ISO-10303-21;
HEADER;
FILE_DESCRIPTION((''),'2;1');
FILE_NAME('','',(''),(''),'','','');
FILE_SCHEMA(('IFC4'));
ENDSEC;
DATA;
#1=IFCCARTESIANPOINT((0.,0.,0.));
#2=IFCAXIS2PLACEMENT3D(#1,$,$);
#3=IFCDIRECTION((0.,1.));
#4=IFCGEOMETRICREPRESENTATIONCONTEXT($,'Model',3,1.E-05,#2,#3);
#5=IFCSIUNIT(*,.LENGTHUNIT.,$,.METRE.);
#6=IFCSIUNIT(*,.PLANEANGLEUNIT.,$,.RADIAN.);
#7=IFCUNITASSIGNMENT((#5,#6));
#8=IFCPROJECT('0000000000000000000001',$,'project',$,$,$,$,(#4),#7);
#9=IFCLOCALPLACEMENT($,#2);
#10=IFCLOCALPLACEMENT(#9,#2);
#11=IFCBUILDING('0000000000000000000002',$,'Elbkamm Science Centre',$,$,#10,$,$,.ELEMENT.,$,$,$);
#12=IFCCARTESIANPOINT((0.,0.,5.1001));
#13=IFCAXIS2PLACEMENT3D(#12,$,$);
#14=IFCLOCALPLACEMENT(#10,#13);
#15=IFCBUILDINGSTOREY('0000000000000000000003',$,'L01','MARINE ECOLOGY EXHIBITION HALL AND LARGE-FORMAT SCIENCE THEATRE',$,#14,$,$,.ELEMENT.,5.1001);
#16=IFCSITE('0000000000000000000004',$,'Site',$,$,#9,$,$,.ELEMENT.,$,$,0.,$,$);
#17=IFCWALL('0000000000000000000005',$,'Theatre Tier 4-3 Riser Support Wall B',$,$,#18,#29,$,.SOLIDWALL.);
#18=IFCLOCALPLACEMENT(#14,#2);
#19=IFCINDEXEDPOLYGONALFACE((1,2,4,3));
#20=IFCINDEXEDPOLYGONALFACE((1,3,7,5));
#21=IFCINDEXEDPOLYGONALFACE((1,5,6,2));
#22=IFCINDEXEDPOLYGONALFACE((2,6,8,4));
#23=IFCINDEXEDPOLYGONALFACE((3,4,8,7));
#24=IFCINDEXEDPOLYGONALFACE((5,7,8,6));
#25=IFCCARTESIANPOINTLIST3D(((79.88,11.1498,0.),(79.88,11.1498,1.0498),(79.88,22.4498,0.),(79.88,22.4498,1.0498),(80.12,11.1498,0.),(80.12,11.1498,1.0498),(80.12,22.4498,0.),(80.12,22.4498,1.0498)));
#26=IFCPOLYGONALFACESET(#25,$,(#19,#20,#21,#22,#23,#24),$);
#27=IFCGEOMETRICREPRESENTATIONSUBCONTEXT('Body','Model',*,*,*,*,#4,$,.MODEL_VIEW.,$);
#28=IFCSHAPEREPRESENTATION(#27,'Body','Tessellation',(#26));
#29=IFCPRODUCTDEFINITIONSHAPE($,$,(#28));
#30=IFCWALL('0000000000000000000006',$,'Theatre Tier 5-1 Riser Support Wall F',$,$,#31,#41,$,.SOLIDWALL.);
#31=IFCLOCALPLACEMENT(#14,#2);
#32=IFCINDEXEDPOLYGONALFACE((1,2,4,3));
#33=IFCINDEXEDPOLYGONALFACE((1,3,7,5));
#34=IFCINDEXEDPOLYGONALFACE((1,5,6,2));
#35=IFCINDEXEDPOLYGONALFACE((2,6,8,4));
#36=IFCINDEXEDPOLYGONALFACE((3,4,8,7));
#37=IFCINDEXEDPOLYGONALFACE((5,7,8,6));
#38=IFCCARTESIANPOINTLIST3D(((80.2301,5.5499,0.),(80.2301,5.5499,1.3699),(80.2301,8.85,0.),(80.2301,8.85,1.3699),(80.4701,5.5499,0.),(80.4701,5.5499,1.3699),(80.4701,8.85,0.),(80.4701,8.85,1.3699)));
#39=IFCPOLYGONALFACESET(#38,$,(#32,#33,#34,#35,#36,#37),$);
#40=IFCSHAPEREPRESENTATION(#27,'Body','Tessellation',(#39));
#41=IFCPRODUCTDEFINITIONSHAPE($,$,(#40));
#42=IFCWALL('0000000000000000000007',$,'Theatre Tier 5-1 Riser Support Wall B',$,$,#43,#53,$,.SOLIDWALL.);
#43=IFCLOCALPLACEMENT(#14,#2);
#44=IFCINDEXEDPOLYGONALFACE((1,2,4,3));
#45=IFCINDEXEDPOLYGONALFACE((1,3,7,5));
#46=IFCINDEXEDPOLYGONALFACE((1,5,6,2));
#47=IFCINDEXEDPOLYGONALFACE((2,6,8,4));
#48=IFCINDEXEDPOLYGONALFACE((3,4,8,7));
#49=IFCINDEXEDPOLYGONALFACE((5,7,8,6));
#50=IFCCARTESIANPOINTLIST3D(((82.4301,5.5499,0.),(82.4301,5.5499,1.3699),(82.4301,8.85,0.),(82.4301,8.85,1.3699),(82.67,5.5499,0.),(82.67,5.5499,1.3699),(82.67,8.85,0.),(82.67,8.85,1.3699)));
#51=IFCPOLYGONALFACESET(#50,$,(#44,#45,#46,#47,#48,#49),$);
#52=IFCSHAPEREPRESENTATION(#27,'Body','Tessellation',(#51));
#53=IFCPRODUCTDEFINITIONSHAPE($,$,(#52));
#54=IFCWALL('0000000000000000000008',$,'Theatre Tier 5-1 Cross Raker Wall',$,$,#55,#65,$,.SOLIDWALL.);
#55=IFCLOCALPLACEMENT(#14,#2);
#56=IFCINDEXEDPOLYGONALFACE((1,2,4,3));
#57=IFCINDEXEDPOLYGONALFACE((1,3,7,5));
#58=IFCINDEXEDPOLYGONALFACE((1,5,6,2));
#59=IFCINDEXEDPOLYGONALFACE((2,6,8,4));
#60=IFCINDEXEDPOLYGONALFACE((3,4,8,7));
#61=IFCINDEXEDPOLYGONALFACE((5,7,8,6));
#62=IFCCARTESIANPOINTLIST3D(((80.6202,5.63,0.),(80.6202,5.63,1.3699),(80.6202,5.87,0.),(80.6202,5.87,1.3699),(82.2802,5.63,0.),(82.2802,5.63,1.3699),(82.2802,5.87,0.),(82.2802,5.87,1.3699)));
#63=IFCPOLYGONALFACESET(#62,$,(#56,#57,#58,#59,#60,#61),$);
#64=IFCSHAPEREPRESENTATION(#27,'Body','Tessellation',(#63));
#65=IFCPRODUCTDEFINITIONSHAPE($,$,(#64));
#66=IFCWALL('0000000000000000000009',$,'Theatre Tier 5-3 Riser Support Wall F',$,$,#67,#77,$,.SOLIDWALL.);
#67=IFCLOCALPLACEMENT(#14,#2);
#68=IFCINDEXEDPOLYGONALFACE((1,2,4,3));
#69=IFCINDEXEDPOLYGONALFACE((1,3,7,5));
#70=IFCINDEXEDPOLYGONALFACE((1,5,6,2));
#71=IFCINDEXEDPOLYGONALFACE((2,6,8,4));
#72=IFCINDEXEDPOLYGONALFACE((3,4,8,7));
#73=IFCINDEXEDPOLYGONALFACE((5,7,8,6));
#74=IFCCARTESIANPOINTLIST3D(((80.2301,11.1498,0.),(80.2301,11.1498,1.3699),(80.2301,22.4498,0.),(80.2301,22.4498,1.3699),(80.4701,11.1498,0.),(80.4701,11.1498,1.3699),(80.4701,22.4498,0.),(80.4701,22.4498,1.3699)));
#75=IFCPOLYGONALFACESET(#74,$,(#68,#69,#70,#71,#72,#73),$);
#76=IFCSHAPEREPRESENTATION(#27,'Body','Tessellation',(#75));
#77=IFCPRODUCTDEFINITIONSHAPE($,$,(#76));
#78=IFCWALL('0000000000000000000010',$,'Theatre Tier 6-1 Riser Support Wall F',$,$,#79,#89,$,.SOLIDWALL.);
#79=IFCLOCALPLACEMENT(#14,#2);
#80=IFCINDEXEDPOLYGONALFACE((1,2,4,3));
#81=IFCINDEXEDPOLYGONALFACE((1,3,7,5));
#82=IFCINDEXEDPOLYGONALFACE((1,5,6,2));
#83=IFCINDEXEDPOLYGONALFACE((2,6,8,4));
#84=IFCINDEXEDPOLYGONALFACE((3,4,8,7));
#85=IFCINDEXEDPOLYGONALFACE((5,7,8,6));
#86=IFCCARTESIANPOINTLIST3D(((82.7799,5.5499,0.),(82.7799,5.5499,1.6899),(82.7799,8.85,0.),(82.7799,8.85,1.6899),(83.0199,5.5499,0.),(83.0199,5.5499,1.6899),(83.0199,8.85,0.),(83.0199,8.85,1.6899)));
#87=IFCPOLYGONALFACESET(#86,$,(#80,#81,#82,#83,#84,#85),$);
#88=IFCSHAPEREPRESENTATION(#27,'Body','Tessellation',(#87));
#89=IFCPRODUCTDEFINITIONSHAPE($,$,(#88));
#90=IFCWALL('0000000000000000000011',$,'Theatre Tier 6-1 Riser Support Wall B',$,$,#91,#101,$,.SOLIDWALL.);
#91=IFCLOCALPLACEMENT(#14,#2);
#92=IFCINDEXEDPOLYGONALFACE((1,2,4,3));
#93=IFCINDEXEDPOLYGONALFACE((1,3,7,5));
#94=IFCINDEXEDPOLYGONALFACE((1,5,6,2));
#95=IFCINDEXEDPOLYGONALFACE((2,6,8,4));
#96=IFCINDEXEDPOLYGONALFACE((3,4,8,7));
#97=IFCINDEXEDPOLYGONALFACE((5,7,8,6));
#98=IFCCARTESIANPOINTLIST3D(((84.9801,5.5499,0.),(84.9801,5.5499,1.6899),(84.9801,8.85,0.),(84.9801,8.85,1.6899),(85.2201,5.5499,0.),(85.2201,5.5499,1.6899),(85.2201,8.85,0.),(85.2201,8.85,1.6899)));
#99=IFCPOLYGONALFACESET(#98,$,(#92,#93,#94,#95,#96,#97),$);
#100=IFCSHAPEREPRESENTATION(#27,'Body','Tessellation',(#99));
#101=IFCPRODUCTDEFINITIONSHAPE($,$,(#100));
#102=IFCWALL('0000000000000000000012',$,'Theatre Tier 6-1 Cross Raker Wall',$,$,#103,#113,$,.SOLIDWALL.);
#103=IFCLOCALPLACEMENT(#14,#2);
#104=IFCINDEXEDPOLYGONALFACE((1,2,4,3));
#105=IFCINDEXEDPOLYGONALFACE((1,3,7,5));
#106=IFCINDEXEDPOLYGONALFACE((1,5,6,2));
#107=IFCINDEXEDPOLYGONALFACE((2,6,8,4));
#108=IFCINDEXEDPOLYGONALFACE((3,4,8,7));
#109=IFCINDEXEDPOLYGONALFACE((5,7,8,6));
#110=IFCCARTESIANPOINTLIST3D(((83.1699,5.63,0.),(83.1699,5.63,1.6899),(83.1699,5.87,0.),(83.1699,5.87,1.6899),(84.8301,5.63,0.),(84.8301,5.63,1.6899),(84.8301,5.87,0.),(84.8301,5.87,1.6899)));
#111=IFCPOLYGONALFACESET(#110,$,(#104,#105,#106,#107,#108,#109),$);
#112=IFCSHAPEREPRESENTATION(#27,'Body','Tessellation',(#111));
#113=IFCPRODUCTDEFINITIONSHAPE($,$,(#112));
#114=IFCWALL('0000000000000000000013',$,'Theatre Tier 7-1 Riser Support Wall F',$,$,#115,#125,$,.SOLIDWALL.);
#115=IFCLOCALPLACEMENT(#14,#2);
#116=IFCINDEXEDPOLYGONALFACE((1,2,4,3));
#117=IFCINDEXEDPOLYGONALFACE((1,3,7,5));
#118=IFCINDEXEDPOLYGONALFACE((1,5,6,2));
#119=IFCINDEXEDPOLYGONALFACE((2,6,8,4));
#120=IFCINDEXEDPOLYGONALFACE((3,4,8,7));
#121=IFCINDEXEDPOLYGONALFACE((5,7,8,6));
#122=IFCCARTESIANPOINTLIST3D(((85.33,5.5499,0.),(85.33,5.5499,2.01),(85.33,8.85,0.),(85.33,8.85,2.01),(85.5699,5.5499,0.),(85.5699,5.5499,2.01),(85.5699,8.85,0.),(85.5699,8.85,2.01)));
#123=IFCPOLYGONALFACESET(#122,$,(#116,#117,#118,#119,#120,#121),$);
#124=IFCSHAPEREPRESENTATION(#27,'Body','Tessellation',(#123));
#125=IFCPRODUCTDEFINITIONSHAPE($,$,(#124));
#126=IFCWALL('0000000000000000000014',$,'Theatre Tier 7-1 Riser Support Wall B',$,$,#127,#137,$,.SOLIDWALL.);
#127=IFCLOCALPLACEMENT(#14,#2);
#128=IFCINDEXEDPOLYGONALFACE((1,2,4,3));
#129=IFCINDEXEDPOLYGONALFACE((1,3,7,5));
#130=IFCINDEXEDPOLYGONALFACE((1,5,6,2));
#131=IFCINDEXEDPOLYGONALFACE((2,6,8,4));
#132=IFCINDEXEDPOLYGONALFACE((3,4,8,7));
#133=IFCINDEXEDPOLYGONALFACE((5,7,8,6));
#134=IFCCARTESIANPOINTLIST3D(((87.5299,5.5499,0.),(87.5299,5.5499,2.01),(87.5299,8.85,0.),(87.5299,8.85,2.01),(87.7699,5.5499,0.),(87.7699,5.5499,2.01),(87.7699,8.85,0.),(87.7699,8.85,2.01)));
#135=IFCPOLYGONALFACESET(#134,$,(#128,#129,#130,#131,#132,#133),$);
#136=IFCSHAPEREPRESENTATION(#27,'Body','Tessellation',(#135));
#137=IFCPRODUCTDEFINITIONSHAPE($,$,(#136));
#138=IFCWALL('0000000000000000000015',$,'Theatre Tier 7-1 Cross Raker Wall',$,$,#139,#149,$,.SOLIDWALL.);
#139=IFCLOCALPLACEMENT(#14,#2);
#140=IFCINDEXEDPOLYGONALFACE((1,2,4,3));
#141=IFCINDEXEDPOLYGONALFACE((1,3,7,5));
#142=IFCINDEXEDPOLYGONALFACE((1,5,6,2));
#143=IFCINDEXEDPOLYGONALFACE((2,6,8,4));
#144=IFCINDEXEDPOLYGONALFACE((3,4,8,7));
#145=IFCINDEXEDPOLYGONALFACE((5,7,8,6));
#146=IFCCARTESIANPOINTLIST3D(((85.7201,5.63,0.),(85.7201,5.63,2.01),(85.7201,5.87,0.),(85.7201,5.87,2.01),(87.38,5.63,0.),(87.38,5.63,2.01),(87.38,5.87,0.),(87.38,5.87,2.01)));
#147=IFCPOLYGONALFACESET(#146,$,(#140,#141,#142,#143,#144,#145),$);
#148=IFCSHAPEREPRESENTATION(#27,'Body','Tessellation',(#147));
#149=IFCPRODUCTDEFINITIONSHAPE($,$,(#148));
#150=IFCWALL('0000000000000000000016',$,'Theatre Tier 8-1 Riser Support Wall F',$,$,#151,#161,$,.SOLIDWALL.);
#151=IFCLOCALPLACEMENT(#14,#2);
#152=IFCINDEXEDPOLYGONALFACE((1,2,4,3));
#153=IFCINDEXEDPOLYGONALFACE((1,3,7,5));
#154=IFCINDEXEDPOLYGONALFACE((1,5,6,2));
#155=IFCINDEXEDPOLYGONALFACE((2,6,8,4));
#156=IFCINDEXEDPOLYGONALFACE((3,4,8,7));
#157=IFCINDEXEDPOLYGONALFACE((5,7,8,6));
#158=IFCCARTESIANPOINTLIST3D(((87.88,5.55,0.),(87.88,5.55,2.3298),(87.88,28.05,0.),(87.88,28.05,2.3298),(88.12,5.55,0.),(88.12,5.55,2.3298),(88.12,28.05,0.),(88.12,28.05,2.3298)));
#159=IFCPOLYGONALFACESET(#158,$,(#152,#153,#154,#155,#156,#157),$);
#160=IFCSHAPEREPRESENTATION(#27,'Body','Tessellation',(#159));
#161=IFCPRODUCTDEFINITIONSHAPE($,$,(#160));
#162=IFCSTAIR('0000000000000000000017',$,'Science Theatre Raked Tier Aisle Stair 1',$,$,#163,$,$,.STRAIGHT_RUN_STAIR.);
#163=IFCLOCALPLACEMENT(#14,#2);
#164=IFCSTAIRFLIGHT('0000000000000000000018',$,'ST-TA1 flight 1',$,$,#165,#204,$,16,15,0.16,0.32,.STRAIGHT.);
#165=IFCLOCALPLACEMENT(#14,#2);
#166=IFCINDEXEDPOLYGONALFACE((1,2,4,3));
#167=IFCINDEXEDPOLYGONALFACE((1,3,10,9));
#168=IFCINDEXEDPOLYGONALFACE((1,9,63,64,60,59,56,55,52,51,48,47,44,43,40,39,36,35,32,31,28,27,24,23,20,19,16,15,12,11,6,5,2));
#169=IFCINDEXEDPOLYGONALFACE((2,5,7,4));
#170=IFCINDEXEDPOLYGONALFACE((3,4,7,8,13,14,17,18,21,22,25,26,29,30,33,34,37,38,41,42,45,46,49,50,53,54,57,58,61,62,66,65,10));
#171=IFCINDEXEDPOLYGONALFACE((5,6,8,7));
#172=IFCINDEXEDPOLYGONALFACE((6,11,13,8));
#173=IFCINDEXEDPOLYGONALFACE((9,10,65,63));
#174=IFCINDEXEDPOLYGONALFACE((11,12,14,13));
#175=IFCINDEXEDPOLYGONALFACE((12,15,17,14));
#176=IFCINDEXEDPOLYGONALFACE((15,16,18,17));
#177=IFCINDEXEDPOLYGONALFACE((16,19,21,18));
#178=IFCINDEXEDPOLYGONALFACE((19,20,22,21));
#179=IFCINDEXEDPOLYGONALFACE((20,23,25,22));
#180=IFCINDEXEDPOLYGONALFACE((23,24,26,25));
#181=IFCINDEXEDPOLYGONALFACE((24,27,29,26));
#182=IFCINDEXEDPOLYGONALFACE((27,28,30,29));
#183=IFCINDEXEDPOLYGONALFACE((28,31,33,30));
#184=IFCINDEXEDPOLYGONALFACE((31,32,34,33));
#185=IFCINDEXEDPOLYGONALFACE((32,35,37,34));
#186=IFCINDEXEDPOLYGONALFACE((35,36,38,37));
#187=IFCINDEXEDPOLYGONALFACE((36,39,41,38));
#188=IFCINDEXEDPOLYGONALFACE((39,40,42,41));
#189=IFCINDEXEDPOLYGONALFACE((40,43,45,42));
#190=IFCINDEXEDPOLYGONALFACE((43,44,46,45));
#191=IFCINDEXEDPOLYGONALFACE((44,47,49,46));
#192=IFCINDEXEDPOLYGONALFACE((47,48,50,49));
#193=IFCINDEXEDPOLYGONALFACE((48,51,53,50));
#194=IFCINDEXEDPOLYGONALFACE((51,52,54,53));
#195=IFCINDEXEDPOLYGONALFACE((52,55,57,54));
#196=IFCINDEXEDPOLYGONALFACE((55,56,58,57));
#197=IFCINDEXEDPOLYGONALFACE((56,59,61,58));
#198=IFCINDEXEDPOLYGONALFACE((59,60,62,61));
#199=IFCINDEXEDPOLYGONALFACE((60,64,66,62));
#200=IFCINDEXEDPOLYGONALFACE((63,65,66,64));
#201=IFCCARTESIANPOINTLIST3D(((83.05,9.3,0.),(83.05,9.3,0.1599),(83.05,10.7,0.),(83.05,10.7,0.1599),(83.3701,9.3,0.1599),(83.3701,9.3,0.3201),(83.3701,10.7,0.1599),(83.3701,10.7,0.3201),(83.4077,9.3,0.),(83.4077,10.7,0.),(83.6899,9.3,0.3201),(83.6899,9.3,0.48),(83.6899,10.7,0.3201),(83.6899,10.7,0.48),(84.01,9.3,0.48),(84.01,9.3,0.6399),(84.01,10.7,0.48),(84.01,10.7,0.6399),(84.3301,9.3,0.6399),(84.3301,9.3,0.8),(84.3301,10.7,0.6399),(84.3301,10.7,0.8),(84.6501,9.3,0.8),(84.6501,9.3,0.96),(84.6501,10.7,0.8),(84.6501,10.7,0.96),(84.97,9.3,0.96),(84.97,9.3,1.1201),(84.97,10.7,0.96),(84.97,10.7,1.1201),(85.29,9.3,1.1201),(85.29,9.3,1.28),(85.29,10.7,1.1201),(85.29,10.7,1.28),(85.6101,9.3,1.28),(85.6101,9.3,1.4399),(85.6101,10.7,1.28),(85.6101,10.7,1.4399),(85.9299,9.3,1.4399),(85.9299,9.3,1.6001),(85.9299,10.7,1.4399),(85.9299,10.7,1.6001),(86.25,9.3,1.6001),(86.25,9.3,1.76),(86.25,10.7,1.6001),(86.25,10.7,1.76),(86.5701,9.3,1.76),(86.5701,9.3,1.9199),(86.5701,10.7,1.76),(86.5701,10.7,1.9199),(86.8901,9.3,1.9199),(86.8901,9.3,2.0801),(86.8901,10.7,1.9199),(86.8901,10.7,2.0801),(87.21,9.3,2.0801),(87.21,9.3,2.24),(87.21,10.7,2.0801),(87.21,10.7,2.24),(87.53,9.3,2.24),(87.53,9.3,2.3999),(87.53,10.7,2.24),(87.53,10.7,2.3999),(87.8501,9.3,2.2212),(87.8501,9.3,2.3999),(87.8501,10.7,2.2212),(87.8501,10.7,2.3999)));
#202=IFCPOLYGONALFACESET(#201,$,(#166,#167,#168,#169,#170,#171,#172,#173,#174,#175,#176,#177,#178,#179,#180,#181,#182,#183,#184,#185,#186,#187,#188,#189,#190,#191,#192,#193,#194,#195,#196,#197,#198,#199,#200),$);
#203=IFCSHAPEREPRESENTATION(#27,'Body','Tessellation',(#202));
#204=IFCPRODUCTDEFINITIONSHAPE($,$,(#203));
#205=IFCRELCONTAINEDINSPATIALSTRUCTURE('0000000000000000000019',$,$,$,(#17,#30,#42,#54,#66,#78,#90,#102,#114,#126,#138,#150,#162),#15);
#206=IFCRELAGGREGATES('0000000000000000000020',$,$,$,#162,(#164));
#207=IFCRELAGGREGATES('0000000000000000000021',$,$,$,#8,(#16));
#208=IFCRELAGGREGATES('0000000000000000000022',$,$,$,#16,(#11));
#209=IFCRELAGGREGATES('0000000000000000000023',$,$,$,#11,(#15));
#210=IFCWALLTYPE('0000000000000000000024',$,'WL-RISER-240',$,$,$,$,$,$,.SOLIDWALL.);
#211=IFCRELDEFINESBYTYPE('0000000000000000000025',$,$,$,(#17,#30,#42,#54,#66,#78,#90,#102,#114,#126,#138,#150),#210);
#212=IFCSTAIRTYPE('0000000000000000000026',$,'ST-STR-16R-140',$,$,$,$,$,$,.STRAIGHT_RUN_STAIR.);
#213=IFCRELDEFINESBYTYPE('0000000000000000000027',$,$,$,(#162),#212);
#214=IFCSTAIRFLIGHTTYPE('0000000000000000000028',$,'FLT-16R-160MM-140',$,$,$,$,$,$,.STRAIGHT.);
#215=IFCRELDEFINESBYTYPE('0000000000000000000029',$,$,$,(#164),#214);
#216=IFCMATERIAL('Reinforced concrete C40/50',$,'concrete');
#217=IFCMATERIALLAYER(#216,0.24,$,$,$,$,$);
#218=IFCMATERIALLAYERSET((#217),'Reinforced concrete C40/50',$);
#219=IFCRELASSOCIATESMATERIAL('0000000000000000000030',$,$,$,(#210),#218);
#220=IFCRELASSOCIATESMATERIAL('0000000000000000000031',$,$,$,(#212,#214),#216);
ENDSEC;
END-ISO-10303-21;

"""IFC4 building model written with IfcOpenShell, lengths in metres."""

from ifc_helpers import new_model, si_unit, direction, frame, frame_2d, origin, place, context, subcontext, project, spatial, polyline, rectangle, outline, extrude, material, layer, layer_set, type_object, element, aggregate, save


model = new_model("IFC4")

# Units and contexts
model_context = context("Model", 3, precision=1e-05, world=origin(), true_north=direction((0.0, 1.0)))
body_context = subcontext(model_context, "Body", "Model", "MODEL_VIEW")
ifc_project = project(units=[si_unit("LENGTHUNIT", "METRE"), si_unit("PLANEANGLEUNIT", "RADIAN")], contexts=[model_context])

# Site, building, storey
site_placement = place(None, origin())
site = spatial("IfcSite", under=ifc_project, at=site_placement, Name="Site", CompositionType="ELEMENT", RefElevation=0.0)
building_placement = place(site_placement, origin())
building = spatial("IfcBuilding", under=site, at=building_placement, Name="Elbkamm Science Centre", CompositionType="ELEMENT")
storey_placement = place(building_placement, frame((0.0, 0.0, 5.1001)))
storey = spatial("IfcBuildingStorey", under=building, at=storey_placement, Name="L01", Description="MARINE ECOLOGY EXHIBITION HALL AND LARGE-FORMAT SCIENCE THEATRE", CompositionType="ELEMENT", Elevation=5.1001)

# Walls
ifc_material_1 = material(Name="Reinforced concrete C40/50", Category="concrete")
ifc_layer_1 = layer(ifc_material_1, 0.24)
ifc_layer_set_1 = layer_set([ifc_layer_1], Name="Reinforced concrete C40/50")
wall_type_1 = type_object("IfcWallType", Name="WL-RISER-240", PredefinedType="SOLIDWALL", material=ifc_layer_set_1)
for number, where, z_axis, x_axis, name in (
    (1, (80.0, 11.1499, 0.0), (0.0, 0.0, 1.0), (0.0, 1.0, 0.0), "Theatre Tier 4-3 Riser Support Wall B"),
):
    element("IfcWall", number, at=place(storey_placement, frame(where, z_axis=z_axis, x_axis=x_axis)), inside=storey, type_object=wall_type_1, Name=name, PredefinedType="SOLIDWALL", context=body_context, shape_type="SweptSolid", body=[
        extrude(rectangle(XDim=11.3, YDim=0.24, at=frame_2d((5.6499, 0.0))), origin(), (0.0, 0.0, 1.0), 1.0498),
    ])
for number, where, z_axis, x_axis, name in (
    (2, (80.3501, 5.55, 0.0), (0.0, 0.0, 1.0), (0.0, 1.0, 0.0), "Theatre Tier 5-1 Riser Support Wall F"),
    (3, (82.55, 5.55, 0.0), (0.0, 0.0, 1.0), (0.0, 1.0, 0.0), "Theatre Tier 5-1 Riser Support Wall B"),
):
    element("IfcWall", number, at=place(storey_placement, frame(where, z_axis=z_axis, x_axis=x_axis)), inside=storey, type_object=wall_type_1, Name=name, PredefinedType="SOLIDWALL", context=body_context, shape_type="SweptSolid", body=[
        extrude(rectangle(XDim=3.3, YDim=0.24, at=frame_2d((1.6499, 0.0))), origin(), (0.0, 0.0, 1.0), 1.3699),
    ])
wall_1_placement = place(storey_placement, frame((80.6201, 5.75, 0.0), z_axis=(0.0, 0.0, 1.0), x_axis=(1.0, 0.0, 0.0)))
element("IfcWall", 4, at=wall_1_placement, inside=storey, type_object=wall_type_1, Name="Theatre Tier 5-1 Cross Raker Wall", PredefinedType="SOLIDWALL", context=body_context, shape_type="SweptSolid", body=[
    extrude(rectangle(XDim=1.6599, YDim=0.24, at=frame_2d((0.8301, 0.0))), origin(), (0.0, 0.0, 1.0), 1.3699),
])
wall_2_placement = place(storey_placement, frame((80.3501, 11.1499, 0.0), z_axis=(0.0, 0.0, 1.0), x_axis=(0.0, 1.0, 0.0)))
element("IfcWall", 5, at=wall_2_placement, inside=storey, type_object=wall_type_1, Name="Theatre Tier 5-3 Riser Support Wall F", PredefinedType="SOLIDWALL", context=body_context, shape_type="SweptSolid", body=[
    extrude(rectangle(XDim=11.3, YDim=0.24, at=frame_2d((5.6499, 0.0))), origin(), (0.0, 0.0, 1.0), 1.3699),
])
for number, where, z_axis, x_axis, name in (
    (6, (82.8999, 5.55, 0.0), (0.0, 0.0, 1.0), (0.0, 1.0, 0.0), "Theatre Tier 6-1 Riser Support Wall F"),
    (7, (85.1001, 5.55, 0.0), (0.0, 0.0, 1.0), (0.0, 1.0, 0.0), "Theatre Tier 6-1 Riser Support Wall B"),
):
    element("IfcWall", number, at=place(storey_placement, frame(where, z_axis=z_axis, x_axis=x_axis)), inside=storey, type_object=wall_type_1, Name=name, PredefinedType="SOLIDWALL", context=body_context, shape_type="SweptSolid", body=[
        extrude(rectangle(XDim=3.3, YDim=0.24, at=frame_2d((1.6499, 0.0))), origin(), (0.0, 0.0, 1.0), 1.6899),
    ])
wall_3_placement = place(storey_placement, frame((83.1699, 5.75, 0.0), z_axis=(0.0, 0.0, 1.0), x_axis=(1.0, 0.0, 0.0)))
element("IfcWall", 8, at=wall_3_placement, inside=storey, type_object=wall_type_1, Name="Theatre Tier 6-1 Cross Raker Wall", PredefinedType="SOLIDWALL", context=body_context, shape_type="SweptSolid", body=[
    extrude(rectangle(XDim=1.6602, YDim=0.24, at=frame_2d((0.8301, 0.0))), origin(), (0.0, 0.0, 1.0), 1.6899),
])
for number, where, z_axis, x_axis, name in (
    (9, (85.45, 5.55, 0.0), (0.0, 0.0, 1.0), (0.0, 1.0, 0.0), "Theatre Tier 7-1 Riser Support Wall F"),
    (10, (87.6499, 5.55, 0.0), (0.0, 0.0, 1.0), (0.0, 1.0, 0.0), "Theatre Tier 7-1 Riser Support Wall B"),
):
    element("IfcWall", number, at=place(storey_placement, frame(where, z_axis=z_axis, x_axis=x_axis)), inside=storey, type_object=wall_type_1, Name=name, PredefinedType="SOLIDWALL", context=body_context, shape_type="SweptSolid", body=[
        extrude(rectangle(XDim=3.3, YDim=0.24, at=frame_2d((1.6499, 0.0))), origin(), (0.0, 0.0, 1.0), 2.01),
    ])
wall_4_placement = place(storey_placement, frame((85.72, 5.75, 0.0), z_axis=(0.0, 0.0, 1.0), x_axis=(1.0, 0.0, 0.0)))
element("IfcWall", 11, at=wall_4_placement, inside=storey, type_object=wall_type_1, Name="Theatre Tier 7-1 Cross Raker Wall", PredefinedType="SOLIDWALL", context=body_context, shape_type="SweptSolid", body=[
    extrude(rectangle(XDim=1.6599, YDim=0.24, at=frame_2d((0.8301, 0.0))), origin(), (0.0, 0.0, 1.0), 2.01),
])
wall_5_placement = place(storey_placement, frame((88.0, 5.55, 0.0), z_axis=(0.0, 0.0, 1.0), x_axis=(0.0, 1.0, 0.0)))
element("IfcWall", 12, at=wall_5_placement, inside=storey, type_object=wall_type_1, Name="Theatre Tier 8-1 Riser Support Wall F", PredefinedType="SOLIDWALL", context=body_context, shape_type="SweptSolid", body=[
    extrude(rectangle(XDim=22.5, YDim=0.24, at=frame_2d((11.25, 0.0))), origin(), (0.0, 0.0, 1.0), 2.3298),
])

# Stair, stair flight
stair_type = type_object("IfcStairType", Name="ST-STR-16R-140", PredefinedType="STRAIGHT_RUN_STAIR", material=ifc_material_1)
stair_placement = place(storey_placement, origin())
stair = element("IfcStair", 13, at=stair_placement, inside=storey, type_object=stair_type, Name="Science Theatre Raked Tier Aisle Stair 1", PredefinedType="STRAIGHT_RUN_STAIR")
stair_flight_type = type_object("IfcStairFlightType", Name="FLT-16R-160MM-140", PredefinedType="STRAIGHT", material=ifc_material_1)
stair_flight_placement = place(storey_placement, frame((83.05, 10.0, 0.0), z_axis=(0.0, 0.0, 1.0), x_axis=(1.0, 0.0, 0.0)))
stair_flight = element("IfcStairFlight", 14, at=stair_flight_placement, type_object=stair_flight_type, Name="ST-TA1 flight 1", NumberOfRisers=16, NumberOfTreads=15, PredefinedType="STRAIGHT", RiserHeight=0.16, TreadLength=0.32, context=body_context, shape_type="SweptSolid", body=[
    extrude(outline(polyline([(0.0, 0.0), (0.0, 0.1599), (0.3201, 0.1599), (0.3201, 0.3201), (0.6399, 0.3201), (0.6399, 0.48), (0.96, 0.48), (0.96, 0.6399), (1.28, 0.6399), (1.28, 0.8), (1.6001, 0.8), (1.6001, 0.96), (1.9199, 0.96), (1.9199, 1.1201), (2.24, 1.1201), (2.24, 1.28), (2.5601, 1.28), (2.5601, 1.4399), (2.8799, 1.4399), (2.8799, 1.6001), (3.2, 1.6001), (3.2, 1.76), (3.52, 1.76), (3.52, 1.9199), (3.8401, 1.9199), (3.8401, 2.0801), (4.1599, 2.0801), (4.1599, 2.24), (4.48, 2.24), (4.48, 2.3999), (4.8, 2.3999), (4.8, 2.5601), (4.8, 2.2212), (0.3577, 0.0), (0.0, 0.0)])), frame((0.0, 0.7, 0.0), z_axis=(0.0, -1.0, 0.0), x_axis=(1.0, 0.0, 0.0)), (0.0, 0.0, 1.0), 1.3999),
])
aggregate(stair, [stair_flight])

save(model, "model.ifc")
